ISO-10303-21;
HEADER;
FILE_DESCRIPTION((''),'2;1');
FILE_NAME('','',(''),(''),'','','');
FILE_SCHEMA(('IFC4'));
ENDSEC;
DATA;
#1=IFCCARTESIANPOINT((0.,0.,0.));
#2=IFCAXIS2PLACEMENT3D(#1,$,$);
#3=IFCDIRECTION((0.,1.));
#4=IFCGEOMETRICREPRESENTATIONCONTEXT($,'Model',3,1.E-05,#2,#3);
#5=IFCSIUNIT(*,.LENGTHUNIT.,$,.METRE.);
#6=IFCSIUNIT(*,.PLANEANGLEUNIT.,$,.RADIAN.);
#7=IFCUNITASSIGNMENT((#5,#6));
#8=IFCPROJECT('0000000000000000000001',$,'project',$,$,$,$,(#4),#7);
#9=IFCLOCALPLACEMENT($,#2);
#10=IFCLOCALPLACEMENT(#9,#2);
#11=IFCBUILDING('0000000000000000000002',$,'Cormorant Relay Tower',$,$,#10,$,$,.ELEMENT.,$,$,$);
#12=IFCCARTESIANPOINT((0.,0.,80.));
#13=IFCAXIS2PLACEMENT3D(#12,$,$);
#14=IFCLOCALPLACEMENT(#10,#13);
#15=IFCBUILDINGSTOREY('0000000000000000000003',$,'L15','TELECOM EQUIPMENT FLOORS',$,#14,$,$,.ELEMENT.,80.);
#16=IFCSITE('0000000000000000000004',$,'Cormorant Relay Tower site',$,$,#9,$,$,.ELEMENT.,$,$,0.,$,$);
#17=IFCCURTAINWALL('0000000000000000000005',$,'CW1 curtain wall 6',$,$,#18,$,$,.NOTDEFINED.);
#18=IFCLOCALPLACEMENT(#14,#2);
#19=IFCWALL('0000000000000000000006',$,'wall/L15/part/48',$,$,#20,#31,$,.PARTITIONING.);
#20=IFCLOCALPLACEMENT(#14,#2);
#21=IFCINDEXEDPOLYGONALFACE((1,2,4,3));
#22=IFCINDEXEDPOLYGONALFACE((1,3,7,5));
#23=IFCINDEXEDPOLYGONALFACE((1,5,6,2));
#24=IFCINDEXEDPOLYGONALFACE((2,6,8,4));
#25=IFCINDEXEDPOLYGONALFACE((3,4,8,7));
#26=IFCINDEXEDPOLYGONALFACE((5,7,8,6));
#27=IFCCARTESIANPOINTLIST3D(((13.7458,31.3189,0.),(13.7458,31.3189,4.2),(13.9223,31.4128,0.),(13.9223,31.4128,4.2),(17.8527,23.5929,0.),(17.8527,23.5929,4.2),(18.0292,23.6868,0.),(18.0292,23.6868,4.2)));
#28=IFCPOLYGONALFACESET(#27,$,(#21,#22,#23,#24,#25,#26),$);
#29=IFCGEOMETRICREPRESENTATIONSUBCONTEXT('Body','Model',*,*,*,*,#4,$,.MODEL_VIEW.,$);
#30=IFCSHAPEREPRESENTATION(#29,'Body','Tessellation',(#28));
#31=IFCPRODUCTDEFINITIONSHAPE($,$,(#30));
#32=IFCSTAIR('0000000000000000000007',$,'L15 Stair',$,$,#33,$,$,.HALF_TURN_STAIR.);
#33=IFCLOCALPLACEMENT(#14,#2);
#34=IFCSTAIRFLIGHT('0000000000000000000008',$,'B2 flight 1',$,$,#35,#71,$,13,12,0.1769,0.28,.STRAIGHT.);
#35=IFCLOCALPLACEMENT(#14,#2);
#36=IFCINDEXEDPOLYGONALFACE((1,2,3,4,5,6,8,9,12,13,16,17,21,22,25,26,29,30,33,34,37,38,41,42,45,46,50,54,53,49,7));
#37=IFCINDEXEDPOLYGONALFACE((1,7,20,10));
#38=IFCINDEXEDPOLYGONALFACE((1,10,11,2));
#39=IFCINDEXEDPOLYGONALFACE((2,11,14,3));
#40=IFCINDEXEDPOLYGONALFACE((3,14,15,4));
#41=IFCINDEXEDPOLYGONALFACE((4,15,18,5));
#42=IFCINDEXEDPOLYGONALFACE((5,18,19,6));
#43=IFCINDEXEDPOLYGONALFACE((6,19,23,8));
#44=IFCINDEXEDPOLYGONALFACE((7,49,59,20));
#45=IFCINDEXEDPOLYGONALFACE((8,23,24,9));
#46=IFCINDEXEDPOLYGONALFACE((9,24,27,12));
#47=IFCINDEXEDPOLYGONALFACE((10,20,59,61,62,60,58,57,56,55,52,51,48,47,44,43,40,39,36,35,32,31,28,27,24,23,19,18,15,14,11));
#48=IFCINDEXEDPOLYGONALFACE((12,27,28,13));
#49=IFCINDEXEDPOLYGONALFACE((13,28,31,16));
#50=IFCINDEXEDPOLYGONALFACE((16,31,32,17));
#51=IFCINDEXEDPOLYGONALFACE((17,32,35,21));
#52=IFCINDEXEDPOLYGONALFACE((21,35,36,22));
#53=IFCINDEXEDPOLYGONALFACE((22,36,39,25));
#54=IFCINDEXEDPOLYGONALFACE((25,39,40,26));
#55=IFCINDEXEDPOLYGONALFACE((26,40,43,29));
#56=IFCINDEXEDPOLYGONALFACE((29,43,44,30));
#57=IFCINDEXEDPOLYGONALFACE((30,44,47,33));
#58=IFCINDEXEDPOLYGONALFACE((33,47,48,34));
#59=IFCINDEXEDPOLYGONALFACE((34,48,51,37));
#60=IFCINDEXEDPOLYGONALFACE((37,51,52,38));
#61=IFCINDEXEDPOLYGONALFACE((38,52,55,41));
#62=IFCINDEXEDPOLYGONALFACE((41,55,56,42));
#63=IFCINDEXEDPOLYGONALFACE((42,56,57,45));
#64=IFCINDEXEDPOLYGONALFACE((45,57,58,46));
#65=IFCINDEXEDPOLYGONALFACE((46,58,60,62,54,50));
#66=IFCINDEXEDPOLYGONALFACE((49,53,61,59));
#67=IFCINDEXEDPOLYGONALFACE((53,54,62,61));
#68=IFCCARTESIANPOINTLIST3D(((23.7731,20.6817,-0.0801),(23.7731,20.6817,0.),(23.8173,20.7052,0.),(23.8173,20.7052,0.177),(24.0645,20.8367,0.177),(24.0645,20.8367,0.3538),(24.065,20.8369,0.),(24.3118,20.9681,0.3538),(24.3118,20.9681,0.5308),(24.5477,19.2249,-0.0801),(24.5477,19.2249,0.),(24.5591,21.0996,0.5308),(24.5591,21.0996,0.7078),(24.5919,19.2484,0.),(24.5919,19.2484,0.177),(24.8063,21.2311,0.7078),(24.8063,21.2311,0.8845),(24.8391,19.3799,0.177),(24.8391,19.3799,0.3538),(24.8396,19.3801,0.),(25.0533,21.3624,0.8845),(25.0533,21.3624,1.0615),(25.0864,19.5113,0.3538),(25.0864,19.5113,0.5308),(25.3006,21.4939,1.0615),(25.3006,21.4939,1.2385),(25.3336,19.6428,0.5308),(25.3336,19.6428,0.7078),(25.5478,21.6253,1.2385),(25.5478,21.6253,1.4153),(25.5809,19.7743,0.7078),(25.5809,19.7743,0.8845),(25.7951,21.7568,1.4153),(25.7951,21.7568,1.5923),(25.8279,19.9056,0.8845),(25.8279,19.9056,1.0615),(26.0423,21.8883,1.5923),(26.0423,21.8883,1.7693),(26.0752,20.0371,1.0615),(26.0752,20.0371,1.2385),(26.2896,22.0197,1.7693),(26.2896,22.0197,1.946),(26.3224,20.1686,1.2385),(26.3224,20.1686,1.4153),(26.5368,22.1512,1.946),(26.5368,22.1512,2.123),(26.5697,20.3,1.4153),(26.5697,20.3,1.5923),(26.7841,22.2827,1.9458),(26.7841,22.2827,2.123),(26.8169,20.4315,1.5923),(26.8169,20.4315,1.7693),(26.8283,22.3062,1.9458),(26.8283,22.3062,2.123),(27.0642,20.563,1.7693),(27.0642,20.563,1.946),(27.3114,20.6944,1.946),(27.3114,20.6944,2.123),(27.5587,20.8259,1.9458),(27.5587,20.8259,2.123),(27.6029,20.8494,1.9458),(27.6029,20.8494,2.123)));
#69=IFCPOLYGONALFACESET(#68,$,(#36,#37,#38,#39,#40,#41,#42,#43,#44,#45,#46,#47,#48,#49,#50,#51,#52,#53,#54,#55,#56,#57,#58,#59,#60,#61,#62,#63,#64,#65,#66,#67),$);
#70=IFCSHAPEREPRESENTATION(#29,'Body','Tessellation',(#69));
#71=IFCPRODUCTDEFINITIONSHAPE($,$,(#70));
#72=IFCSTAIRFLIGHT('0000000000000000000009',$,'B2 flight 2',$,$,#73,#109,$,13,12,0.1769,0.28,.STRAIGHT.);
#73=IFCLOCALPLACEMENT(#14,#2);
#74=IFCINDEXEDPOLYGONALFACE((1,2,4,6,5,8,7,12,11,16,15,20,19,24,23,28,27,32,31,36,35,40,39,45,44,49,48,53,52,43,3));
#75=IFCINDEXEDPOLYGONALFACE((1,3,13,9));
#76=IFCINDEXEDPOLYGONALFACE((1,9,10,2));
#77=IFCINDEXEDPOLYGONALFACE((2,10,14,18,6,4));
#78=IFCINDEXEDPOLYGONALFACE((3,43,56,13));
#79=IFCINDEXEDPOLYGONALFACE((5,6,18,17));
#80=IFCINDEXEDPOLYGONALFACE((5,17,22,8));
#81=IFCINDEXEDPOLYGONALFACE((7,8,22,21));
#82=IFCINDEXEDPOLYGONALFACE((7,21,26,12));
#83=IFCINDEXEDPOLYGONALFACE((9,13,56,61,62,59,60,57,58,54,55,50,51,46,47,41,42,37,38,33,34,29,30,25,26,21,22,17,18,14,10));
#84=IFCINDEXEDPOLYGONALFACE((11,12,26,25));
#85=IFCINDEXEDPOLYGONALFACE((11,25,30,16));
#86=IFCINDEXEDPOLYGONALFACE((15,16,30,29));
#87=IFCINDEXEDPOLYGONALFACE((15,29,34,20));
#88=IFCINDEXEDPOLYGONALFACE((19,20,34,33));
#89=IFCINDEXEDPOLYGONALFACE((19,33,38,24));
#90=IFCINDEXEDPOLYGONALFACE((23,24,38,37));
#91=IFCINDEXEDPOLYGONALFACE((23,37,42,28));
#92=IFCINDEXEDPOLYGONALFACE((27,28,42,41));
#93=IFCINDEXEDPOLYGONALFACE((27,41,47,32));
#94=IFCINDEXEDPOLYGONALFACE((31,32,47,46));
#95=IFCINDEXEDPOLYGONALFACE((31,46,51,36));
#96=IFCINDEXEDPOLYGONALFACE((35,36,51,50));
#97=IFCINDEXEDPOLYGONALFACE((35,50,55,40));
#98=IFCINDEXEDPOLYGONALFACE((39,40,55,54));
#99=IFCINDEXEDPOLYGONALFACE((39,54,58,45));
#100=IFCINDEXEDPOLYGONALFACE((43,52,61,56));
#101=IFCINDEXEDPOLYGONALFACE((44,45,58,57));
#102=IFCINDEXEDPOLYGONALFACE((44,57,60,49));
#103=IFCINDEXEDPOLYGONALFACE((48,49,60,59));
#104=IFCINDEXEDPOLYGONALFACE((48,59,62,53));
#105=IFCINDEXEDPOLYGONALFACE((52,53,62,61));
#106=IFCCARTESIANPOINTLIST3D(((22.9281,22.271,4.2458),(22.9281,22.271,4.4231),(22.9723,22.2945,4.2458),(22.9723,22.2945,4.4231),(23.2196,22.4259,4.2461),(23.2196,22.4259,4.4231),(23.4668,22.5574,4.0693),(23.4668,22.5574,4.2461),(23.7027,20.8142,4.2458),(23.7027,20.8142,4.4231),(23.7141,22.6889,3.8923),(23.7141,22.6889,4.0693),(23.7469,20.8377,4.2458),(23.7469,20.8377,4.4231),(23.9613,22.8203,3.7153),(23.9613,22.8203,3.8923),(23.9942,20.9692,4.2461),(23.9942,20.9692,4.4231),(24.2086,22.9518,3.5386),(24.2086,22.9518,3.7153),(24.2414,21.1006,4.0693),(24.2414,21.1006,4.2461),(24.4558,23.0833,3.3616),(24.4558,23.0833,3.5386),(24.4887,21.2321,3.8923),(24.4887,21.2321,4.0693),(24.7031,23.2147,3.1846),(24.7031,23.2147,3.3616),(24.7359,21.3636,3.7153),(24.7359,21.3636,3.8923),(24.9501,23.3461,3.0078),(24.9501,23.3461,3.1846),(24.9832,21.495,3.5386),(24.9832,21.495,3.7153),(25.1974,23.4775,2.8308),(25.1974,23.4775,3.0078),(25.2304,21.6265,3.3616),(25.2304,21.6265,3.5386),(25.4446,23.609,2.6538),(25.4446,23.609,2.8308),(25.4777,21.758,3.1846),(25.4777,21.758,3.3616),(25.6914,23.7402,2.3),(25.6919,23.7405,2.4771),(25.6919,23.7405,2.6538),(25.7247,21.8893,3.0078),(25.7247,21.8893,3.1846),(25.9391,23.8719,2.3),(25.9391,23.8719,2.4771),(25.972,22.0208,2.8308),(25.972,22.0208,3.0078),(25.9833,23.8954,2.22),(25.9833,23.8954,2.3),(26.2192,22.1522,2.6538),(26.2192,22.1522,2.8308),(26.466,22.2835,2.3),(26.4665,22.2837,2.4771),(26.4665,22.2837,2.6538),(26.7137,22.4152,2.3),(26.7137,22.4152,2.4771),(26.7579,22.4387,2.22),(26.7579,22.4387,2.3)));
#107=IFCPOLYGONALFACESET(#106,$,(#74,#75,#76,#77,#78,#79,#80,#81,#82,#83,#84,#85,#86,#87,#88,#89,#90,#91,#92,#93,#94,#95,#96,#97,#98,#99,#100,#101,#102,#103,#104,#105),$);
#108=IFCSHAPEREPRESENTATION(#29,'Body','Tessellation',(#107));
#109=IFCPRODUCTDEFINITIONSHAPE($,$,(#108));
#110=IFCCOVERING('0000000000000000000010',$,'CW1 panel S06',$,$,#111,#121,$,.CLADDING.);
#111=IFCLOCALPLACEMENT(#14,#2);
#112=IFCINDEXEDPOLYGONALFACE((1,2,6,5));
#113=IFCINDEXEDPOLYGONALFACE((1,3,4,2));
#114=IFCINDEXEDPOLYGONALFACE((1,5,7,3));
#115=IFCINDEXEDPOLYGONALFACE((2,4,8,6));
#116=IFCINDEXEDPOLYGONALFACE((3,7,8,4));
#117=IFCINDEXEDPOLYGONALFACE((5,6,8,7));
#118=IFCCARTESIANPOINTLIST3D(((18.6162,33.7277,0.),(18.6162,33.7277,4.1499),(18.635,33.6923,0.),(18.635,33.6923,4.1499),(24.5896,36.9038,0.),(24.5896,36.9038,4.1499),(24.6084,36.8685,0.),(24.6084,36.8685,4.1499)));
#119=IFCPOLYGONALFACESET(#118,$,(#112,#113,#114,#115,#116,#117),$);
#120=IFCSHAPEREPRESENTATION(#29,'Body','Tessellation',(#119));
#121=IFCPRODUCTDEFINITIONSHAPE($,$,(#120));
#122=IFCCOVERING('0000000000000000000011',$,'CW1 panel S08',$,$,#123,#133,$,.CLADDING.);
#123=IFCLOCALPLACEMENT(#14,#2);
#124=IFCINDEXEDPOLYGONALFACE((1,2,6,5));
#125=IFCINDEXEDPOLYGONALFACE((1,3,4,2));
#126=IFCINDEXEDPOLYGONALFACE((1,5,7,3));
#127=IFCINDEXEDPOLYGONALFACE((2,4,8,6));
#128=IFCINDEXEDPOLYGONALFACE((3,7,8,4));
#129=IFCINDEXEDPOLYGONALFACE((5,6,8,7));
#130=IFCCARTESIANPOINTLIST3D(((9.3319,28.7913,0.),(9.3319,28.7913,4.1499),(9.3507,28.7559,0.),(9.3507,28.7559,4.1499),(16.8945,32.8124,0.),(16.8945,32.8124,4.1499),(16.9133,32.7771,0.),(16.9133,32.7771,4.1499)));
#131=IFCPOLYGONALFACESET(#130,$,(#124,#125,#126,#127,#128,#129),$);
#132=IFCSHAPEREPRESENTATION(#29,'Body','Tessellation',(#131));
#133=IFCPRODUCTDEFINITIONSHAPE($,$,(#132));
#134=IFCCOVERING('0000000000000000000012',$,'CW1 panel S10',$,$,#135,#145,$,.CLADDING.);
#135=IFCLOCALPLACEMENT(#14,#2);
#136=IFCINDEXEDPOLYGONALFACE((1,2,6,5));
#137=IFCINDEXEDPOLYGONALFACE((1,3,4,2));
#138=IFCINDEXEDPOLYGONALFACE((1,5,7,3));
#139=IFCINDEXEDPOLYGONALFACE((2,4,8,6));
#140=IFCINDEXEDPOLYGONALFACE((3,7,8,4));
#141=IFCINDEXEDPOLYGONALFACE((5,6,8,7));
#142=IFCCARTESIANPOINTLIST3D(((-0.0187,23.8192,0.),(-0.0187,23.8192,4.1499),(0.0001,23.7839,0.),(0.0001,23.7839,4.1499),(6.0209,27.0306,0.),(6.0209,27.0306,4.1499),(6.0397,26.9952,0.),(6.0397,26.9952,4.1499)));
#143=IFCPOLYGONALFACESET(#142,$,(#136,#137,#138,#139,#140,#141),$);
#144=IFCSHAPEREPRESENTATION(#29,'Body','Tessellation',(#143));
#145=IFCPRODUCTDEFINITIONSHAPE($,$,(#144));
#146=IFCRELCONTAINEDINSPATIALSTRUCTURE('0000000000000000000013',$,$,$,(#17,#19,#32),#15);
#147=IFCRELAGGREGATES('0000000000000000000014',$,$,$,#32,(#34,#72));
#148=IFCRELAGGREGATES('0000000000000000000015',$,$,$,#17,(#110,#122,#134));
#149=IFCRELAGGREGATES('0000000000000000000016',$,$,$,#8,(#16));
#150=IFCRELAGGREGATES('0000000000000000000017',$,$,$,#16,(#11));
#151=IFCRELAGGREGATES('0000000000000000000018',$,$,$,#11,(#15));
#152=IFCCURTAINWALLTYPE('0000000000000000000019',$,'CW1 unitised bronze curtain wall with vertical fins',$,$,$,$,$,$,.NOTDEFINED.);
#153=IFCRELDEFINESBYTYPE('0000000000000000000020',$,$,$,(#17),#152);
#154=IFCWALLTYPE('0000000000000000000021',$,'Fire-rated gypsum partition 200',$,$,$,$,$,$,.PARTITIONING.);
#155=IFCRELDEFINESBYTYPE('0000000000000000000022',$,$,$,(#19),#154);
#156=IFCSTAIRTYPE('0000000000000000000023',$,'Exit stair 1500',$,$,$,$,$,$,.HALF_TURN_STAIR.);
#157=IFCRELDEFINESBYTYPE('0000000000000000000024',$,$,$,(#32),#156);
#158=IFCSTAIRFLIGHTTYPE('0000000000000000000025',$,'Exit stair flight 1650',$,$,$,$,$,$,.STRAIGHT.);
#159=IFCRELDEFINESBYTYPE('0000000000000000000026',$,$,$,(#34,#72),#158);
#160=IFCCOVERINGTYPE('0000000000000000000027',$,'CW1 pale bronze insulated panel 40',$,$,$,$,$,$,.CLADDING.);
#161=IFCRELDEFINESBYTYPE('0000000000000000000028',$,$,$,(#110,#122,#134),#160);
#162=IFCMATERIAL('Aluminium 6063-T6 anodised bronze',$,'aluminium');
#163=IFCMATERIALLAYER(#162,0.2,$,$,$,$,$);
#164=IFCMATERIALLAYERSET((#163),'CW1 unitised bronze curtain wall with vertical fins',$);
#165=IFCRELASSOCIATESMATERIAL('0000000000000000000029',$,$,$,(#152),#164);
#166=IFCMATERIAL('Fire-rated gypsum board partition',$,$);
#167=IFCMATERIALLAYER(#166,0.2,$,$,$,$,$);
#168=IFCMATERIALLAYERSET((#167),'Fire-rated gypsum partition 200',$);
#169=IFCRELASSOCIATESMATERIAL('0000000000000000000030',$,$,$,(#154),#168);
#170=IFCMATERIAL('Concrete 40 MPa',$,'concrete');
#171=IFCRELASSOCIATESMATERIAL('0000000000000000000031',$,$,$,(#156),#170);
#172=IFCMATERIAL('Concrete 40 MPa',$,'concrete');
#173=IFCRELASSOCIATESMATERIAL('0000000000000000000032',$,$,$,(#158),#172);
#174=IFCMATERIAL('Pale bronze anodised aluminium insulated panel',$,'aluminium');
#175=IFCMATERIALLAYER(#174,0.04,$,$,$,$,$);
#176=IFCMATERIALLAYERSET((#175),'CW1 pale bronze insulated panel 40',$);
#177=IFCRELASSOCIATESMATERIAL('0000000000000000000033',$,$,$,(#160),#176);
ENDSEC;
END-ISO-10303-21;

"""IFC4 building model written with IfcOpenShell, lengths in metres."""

from ifc_helpers import new_model, si_unit, direction, frame, frame_2d, origin, origin_2d, place, context, subcontext, project, spatial, polyline, rectangle, outline, extrude, material, layer, layer_set, type_object, element, aggregate, save


model = new_model("IFC4")

# Units and contexts
model_context = context("Model", 3, precision=1e-05, world=origin(), true_north=direction((0.0, 1.0)))
body_context = subcontext(model_context, "Body", "Model", "MODEL_VIEW")
ifc_project = project(units=[si_unit("LENGTHUNIT", "METRE"), si_unit("PLANEANGLEUNIT", "RADIAN")], contexts=[model_context])

# Site, building, storey
site_placement = place(None, origin())
site = spatial("IfcSite", under=ifc_project, at=site_placement, Name="Cormorant Relay Tower site", CompositionType="ELEMENT", RefElevation=0.0)
building_placement = place(site_placement, origin())
building = spatial("IfcBuilding", under=site, at=building_placement, Name="Cormorant Relay Tower", CompositionType="ELEMENT")
storey_placement = place(building_placement, frame((0.0, 0.0, 80.0)))
storey = spatial("IfcBuildingStorey", under=building, at=storey_placement, Name="L15", Description="TELECOM EQUIPMENT FLOORS", CompositionType="ELEMENT", Elevation=80.0)

# Curtain wall
ifc_material_1 = material(Name="Aluminium 6063-T6 anodised bronze", Category="aluminium")
ifc_layer_1 = layer(ifc_material_1, 0.2)
ifc_layer_set_1 = layer_set([ifc_layer_1], Name="CW1 unitised bronze curtain wall with vertical fins")
curtain_wall_type = type_object("IfcCurtainWallType", Name="CW1 unitised bronze curtain wall with vertical fins", PredefinedType="NOTDEFINED", material=ifc_layer_set_1)
curtain_wall_1_placement = place(storey_placement, origin())
curtain_wall_1 = element("IfcCurtainWall", 1, at=curtain_wall_1_placement, inside=storey, type_object=curtain_wall_type, Name="CW1 curtain wall 6", PredefinedType="NOTDEFINED")

# Wall
ifc_material_2 = material(Name="Fire-rated gypsum board partition")
ifc_layer_2 = layer(ifc_material_2, 0.2)
ifc_layer_set_2 = layer_set([ifc_layer_2], Name="Fire-rated gypsum partition 200")
wall_type_1 = type_object("IfcWallType", Name="Fire-rated gypsum partition 200", PredefinedType="PARTITIONING", material=ifc_layer_set_2)
wall_1_placement = place(storey_placement, frame((13.834, 31.366, 0.0), z_axis=(0.0, 0.0, 1.0), x_axis=(0.469374, -0.882999, 0.0)))
element("IfcWall", 2, at=wall_1_placement, inside=storey, type_object=wall_type_1, Name="wall/L15/part/48", PredefinedType="PARTITIONING", context=body_context, shape_type="SweptSolid", body=[
    extrude(rectangle(XDim=8.7498, YDim=0.2, at=frame_2d((4.375, 0.0))), origin(), (0.0, 0.0, 1.0), 4.2),
])

# Stair, stair flights
ifc_material_3 = material(Name="Concrete 40 MPa", Category="concrete")
stair_type = type_object("IfcStairType", Name="Exit stair 1500", PredefinedType="HALF_TURN_STAIR", material=ifc_material_3)
stair_placement = place(storey_placement, origin())
stair = element("IfcStair", 3, at=stair_placement, inside=storey, type_object=stair_type, Name="L15 Stair", PredefinedType="HALF_TURN_STAIR")
ifc_material_4 = material(Name="Concrete 40 MPa", Category="concrete")
stair_flight_type = type_object("IfcStairFlightType", Name="Exit stair flight 1650", PredefinedType="STRAIGHT", material=ifc_material_4)
stair_flight_1_placement = place(storey_placement, frame((24.2046, 19.9768, 0.0), z_axis=(0.0, 0.0, 1.0), x_axis=(0.882948, 0.469472, 0.0)))
stair_flight_1 = element("IfcStairFlight", 4, at=stair_flight_1_placement, type_object=stair_flight_type, Name="B2 flight 1", NumberOfRisers=13, NumberOfTreads=12, PredefinedType="STRAIGHT", RiserHeight=0.1769, TreadLength=0.28, context=body_context, shape_type="SweptSolid", body=[
    extrude(outline(polyline([(-0.05, -0.0801), (-0.05, 0.0), (0.0, 0.0), (0.0, 0.177), (0.28, 0.177), (0.28, 0.3538), (0.5601, 0.3538), (0.5601, 0.5308), (0.8401, 0.5308), (0.8401, 0.7078), (1.1201, 0.7078), (1.1201, 0.8845), (1.3999, 0.8845), (1.3999, 1.0615), (1.6799, 1.0615), (1.6799, 1.2385), (1.96, 1.2385), (1.96, 1.4153), (2.24, 1.4153), (2.24, 1.5923), (2.52, 1.5923), (2.52, 1.7693), (2.8, 1.7693), (2.8, 1.946), (3.0801, 1.946), (3.0801, 2.123), (3.3601, 2.123), (3.4102, 2.123), (3.4102, 1.9458), (3.3601, 1.9458), (0.2805, 0.0), (-0.05, -0.0801)])), frame((0.0, 0.825, 0.0), z_axis=(0.0, -1.0, 0.0), x_axis=(1.0, 0.0, 0.0)), (0.0, 0.0, 1.0), 1.6499),
])
stair_flight_2_placement = place(storey_placement, frame((26.3264, 23.1436, 2.3), z_axis=(0.0, 0.0, 1.0), x_axis=(-0.882948, -0.469472, 0.0)))
stair_flight_2 = element("IfcStairFlight", 5, at=stair_flight_2_placement, type_object=stair_flight_type, Name="B2 flight 2", NumberOfRisers=13, NumberOfTreads=12, PredefinedType="STRAIGHT", RiserHeight=0.1769, TreadLength=0.28, context=body_context, shape_type="SweptSolid", body=[
    extrude(outline(polyline([(-0.05, -0.0801), (-0.05, 0.0), (0.0, 0.0), (0.0, 0.177), (0.28, 0.177), (0.28, 0.3538), (0.5601, 0.3538), (0.5601, 0.5308), (0.8401, 0.5308), (0.8401, 0.7078), (1.1201, 0.7078), (1.1201, 0.8845), (1.3999, 0.8845), (1.3999, 1.0615), (1.6799, 1.0615), (1.6799, 1.2385), (1.96, 1.2385), (1.96, 1.4153), (2.24, 1.4153), (2.24, 1.5923), (2.52, 1.5923), (2.52, 1.7693), (2.8, 1.7693), (2.8, 1.946), (3.0801, 1.946), (3.0801, 2.123), (3.3601, 2.123), (3.4102, 2.123), (3.4102, 1.9458), (3.3601, 1.9458), (0.2805, 0.0), (-0.05, -0.0801)])), frame((0.0, 0.825, 0.0), z_axis=(0.0, -1.0, 0.0), x_axis=(1.0, 0.0, 0.0)), (0.0, 0.0, 1.0), 1.6499),
])
aggregate(stair, [stair_flight_1, stair_flight_2])

# Coverings
ifc_material_5 = material(Name="Pale bronze anodised aluminium insulated panel", Category="aluminium")
ifc_layer_3 = layer(ifc_material_5, 0.04)
ifc_layer_set_3 = layer_set([ifc_layer_3], Name="CW1 pale bronze insulated panel 40")
covering_type = type_object("IfcCoveringType", Name="CW1 pale bronze insulated panel 40", PredefinedType="CLADDING", material=ifc_layer_set_3)
covering_1_placement = place(storey_placement, frame((21.6123, 35.2981, 0.0), z_axis=(0.0, 0.0, 1.0), x_axis=(-0.882948, -0.469472, 0.0)))
covering_1 = element("IfcCovering", 6, at=covering_1_placement, type_object=covering_type, Name="CW1 panel S06", PredefinedType="CLADDING", context=body_context, shape_type="SweptSolid", body=[
    extrude(rectangle(XDim=6.7654, YDim=0.04, at=origin_2d()), origin(), (0.0, 0.0, 1.0), 4.1499),
])
covering_2_placement = place(storey_placement, frame((13.1226, 30.7842, 0.0), z_axis=(0.0, 0.0, 1.0), x_axis=(-0.882948, -0.469472, 0.0)))
covering_2 = element("IfcCovering", 7, at=covering_2_placement, type_object=covering_type, Name="CW1 panel S08", PredefinedType="CLADDING", context=body_context, shape_type="SweptSolid", body=[
    extrude(rectangle(XDim=8.5652, YDim=0.04, at=origin_2d()), origin(), (0.0, 0.0, 1.0), 4.1499),
])
covering_3_placement = place(storey_placement, frame((3.0105, 25.4072, 0.0), z_axis=(0.0, 0.0, 1.0), x_axis=(-0.882948, -0.469472, 0.0)))
covering_3 = element("IfcCovering", 8, at=covering_3_placement, type_object=covering_type, Name="CW1 panel S10", PredefinedType="CLADDING", context=body_context, shape_type="SweptSolid", body=[
    extrude(rectangle(XDim=6.8403, YDim=0.04, at=origin_2d()), origin(), (0.0, 0.0, 1.0), 4.1499),
])
aggregate(curtain_wall_1, [covering_1, covering_2, covering_3])

save(model, "model.ifc")
